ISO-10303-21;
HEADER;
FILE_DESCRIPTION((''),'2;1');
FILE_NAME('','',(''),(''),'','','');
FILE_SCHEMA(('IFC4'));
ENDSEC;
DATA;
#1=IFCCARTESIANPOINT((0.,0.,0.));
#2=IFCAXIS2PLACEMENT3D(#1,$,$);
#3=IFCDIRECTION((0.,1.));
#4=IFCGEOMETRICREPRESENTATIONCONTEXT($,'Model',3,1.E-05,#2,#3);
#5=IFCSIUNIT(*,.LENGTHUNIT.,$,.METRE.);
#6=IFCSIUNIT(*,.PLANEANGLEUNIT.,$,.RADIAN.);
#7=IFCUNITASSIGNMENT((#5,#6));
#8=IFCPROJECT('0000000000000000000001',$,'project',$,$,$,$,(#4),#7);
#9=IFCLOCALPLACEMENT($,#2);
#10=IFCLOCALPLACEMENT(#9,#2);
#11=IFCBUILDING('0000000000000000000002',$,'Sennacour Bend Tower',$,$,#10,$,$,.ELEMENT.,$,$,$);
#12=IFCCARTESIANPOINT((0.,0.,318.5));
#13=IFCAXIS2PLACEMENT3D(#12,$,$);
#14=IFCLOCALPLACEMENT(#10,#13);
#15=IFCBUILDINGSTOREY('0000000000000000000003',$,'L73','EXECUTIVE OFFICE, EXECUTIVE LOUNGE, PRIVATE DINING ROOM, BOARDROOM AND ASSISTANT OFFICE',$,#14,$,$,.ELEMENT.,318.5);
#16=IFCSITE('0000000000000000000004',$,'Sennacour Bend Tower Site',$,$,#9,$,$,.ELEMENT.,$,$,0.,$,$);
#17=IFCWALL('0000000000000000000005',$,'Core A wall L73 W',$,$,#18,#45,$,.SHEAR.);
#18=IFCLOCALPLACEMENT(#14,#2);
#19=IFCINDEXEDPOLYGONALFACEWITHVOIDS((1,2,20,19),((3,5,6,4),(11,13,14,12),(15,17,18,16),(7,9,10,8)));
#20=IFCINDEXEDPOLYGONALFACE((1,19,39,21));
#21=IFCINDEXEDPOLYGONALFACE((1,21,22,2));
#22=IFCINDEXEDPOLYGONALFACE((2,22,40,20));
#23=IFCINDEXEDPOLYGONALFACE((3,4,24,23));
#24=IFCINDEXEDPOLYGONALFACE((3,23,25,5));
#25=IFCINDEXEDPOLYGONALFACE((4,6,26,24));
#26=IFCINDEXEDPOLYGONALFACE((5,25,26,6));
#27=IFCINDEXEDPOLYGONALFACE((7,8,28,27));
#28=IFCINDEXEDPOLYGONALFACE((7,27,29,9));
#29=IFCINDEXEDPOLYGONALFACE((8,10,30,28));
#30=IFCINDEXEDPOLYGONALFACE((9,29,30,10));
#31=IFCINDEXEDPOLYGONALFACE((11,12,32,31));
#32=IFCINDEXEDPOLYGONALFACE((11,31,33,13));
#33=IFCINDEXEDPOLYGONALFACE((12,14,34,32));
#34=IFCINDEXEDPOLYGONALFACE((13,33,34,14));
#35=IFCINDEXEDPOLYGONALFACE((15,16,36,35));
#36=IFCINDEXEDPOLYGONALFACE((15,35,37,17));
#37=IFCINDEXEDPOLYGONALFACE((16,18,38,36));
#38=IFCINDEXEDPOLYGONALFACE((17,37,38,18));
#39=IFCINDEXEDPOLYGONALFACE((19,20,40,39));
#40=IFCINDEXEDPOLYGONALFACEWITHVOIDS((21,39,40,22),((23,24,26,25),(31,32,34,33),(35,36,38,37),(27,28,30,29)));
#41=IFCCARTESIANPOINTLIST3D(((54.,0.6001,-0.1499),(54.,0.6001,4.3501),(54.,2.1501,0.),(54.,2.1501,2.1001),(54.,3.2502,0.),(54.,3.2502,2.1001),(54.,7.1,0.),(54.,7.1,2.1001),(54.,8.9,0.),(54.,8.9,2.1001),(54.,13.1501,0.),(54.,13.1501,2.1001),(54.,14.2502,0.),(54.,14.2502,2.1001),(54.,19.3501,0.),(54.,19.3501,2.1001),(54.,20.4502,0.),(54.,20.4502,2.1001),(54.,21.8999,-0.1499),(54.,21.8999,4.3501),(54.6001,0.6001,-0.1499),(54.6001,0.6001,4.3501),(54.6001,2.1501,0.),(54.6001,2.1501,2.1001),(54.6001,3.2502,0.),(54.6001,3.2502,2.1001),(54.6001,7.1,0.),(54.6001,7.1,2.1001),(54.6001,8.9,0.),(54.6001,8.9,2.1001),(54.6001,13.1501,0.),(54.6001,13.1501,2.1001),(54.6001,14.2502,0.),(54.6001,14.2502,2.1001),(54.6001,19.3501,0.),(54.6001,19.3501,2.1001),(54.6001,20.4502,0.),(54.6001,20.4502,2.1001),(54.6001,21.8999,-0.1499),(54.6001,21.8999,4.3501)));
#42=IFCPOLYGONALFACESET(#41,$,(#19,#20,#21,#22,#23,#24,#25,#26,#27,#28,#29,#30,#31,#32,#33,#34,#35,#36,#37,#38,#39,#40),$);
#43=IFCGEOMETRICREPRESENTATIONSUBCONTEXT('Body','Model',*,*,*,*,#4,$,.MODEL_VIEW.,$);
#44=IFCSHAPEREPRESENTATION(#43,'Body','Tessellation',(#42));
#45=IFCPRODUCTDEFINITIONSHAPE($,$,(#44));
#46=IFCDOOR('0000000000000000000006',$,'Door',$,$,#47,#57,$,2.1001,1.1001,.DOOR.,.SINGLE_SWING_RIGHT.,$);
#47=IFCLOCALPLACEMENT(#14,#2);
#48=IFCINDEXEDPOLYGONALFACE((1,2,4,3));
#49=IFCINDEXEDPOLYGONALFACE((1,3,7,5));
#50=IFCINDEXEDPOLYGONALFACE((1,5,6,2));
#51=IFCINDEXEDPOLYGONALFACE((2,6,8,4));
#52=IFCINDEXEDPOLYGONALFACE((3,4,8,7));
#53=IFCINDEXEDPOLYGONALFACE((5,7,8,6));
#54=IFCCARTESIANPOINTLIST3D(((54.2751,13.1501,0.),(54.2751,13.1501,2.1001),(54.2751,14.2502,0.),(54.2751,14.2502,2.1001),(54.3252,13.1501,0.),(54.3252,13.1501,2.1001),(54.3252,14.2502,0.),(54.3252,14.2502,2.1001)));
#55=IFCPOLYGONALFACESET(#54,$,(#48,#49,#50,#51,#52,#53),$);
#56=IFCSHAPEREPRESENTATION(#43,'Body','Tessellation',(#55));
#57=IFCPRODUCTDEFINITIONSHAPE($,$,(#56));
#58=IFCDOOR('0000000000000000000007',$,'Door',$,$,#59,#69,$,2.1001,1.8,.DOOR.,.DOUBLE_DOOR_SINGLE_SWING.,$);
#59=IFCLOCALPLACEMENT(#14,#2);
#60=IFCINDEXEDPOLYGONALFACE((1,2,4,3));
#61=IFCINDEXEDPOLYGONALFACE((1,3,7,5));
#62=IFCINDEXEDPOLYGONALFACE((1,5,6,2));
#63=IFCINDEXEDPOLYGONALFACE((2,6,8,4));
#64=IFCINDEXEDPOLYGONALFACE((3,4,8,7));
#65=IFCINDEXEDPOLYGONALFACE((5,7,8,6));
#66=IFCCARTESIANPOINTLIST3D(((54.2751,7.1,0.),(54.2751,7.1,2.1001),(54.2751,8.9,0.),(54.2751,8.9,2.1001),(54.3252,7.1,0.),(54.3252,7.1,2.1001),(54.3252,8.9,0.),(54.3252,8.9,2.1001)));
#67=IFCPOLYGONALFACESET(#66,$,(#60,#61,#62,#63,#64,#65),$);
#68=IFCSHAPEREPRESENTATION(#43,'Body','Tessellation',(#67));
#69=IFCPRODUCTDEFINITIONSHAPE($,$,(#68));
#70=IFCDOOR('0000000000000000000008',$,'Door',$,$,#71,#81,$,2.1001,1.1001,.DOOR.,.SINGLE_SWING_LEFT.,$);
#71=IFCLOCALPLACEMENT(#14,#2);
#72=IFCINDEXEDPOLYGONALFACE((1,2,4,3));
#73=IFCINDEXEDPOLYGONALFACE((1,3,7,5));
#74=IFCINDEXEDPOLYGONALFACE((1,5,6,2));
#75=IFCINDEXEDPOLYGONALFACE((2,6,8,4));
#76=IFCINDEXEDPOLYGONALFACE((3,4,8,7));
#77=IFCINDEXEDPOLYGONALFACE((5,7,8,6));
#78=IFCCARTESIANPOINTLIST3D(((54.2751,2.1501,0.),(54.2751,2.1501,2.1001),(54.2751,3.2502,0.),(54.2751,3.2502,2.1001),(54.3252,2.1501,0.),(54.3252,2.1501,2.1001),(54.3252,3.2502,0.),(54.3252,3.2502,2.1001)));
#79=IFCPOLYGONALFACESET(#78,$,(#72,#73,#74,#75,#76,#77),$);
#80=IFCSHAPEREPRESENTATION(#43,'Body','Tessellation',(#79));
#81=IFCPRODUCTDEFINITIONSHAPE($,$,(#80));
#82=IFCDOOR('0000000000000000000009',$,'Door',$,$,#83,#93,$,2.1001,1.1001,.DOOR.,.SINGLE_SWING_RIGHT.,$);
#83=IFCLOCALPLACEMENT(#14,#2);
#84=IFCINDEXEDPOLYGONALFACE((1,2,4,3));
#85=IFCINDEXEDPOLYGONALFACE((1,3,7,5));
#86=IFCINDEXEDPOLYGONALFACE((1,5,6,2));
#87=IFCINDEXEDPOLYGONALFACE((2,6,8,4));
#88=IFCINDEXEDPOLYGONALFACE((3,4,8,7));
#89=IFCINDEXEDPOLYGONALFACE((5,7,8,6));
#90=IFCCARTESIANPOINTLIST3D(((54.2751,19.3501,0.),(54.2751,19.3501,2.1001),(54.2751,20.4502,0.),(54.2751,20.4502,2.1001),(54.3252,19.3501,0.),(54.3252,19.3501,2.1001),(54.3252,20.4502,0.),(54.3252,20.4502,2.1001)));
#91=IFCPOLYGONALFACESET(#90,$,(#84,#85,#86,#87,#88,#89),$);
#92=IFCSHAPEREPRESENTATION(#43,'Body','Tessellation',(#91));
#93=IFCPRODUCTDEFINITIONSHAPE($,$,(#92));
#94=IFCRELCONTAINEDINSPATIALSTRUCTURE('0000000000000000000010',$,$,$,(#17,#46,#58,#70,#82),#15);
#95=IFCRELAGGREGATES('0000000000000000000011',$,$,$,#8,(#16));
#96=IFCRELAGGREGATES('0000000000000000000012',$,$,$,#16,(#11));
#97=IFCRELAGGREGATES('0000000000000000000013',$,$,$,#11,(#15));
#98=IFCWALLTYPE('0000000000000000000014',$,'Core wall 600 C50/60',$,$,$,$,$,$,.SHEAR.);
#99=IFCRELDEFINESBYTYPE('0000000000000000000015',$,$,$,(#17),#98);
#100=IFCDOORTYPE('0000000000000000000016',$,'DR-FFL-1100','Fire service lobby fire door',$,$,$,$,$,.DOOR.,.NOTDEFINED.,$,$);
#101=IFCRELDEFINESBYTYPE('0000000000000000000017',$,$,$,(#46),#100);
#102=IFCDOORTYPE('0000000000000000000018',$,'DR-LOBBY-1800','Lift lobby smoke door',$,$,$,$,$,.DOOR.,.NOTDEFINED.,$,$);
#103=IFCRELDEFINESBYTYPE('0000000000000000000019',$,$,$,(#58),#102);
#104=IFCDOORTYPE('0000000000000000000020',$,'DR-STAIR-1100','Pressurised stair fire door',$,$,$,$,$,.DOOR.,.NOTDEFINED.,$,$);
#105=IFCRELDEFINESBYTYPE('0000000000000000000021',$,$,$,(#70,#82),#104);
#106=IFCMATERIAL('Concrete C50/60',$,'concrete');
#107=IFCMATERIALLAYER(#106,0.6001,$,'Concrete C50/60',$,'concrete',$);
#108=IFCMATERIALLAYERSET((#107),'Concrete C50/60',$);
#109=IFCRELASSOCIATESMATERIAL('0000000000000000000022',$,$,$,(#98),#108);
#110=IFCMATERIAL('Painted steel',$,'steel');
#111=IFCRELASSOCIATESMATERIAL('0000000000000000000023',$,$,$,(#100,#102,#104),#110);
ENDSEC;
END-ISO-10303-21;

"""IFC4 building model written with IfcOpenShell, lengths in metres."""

from ifc_helpers import new_model, si_unit, direction, frame, frame_2d, origin, place, context, subcontext, project, spatial, rectangle, extrude, material, layer, layer_set, type_object, element, fill, save


model = new_model("IFC4")

# Units and contexts
model_context = context("Model", 3, precision=1e-05, world=origin(), true_north=direction((0.0, 1.0)))
body_context = subcontext(model_context, "Body", "Model", "MODEL_VIEW")
ifc_project = project(units=[si_unit("LENGTHUNIT", "METRE"), si_unit("PLANEANGLEUNIT", "RADIAN")], contexts=[model_context])

# Site, building, storey
site_placement = place(None, origin())
site = spatial("IfcSite", under=ifc_project, at=site_placement, Name="Sennacour Bend Tower Site", CompositionType="ELEMENT", RefElevation=0.0)
building_placement = place(site_placement, origin())
building = spatial("IfcBuilding", under=site, at=building_placement, Name="Sennacour Bend Tower", CompositionType="ELEMENT")
storey_placement = place(building_placement, frame((0.0, 0.0, 318.5)))
storey = spatial("IfcBuildingStorey", under=building, at=storey_placement, Name="L73", Description="EXECUTIVE OFFICE, EXECUTIVE LOUNGE, PRIVATE DINING ROOM, BOARDROOM AND ASSISTANT OFFICE", CompositionType="ELEMENT", Elevation=318.5)

# Wall, openings, doors
ifc_material_1 = material(Name="Concrete C50/60", Category="concrete")
ifc_layer_1 = layer(ifc_material_1, 0.6001, Name="Concrete C50/60", Category="concrete")
ifc_layer_set_1 = layer_set([ifc_layer_1], Name="Concrete C50/60")
wall_type_1 = type_object("IfcWallType", Name="Core wall 600 C50/60", PredefinedType="SHEAR", material=ifc_layer_set_1)
wall_1_placement = place(storey_placement, frame((54.3, 0.6001, -0.1499), z_axis=(0.0, 0.0, 1.0), x_axis=(0.0, 1.0, 0.0)))
wall_1 = element("IfcWall", 1, at=wall_1_placement, inside=storey, type_object=wall_type_1, Name="Core A wall L73 W", PredefinedType="SHEAR", context=body_context, shape_type="SweptSolid", body=[
    extrude(rectangle(XDim=21.2998, YDim=0.6001, at=frame_2d((10.6499, 0.0))), origin(), (0.0, 0.0, 1.0), 4.5),
])
opening_1_placement = place(wall_1_placement, frame((6.5, 0.0, 0.1499)))
opening_1 = element("IfcOpeningElement", 2, at=opening_1_placement, cuts=wall_1, PredefinedType="OPENING", context=body_context, shape_type="SweptSolid", body=[
    extrude(rectangle(XDim=1.8, YDim=2.1001, at=frame_2d((0.8999, 1.05))), frame((0.0, 0.3101, 0.0), z_axis=(0.0, -1.0, 0.0), x_axis=(1.0, 0.0, 0.0)), (0.0, 0.0, 1.0), 0.6201),
])
opening_2_placement = place(wall_1_placement, frame((12.55, 0.0, 0.1499)))
opening_2 = element("IfcOpeningElement", 3, at=opening_2_placement, cuts=wall_1, PredefinedType="OPENING", context=body_context, shape_type="SweptSolid", body=[
    extrude(rectangle(XDim=1.1001, YDim=2.1001, at=frame_2d((0.55, 1.05))), frame((0.0, 0.3101, 0.0), z_axis=(0.0, -1.0, 0.0), x_axis=(1.0, 0.0, 0.0)), (0.0, 0.0, 1.0), 0.6201),
])
opening_3_placement = place(wall_1_placement, frame((1.55, 0.0, 0.1499)))
opening_3 = element("IfcOpeningElement", 4, at=opening_3_placement, cuts=wall_1, PredefinedType="OPENING", context=body_context, shape_type="SweptSolid", body=[
    extrude(rectangle(XDim=1.1001, YDim=2.1001, at=frame_2d((0.55, 1.05))), frame((0.0, 0.3101, 0.0), z_axis=(0.0, -1.0, 0.0), x_axis=(1.0, 0.0, 0.0)), (0.0, 0.0, 1.0), 0.6201),
])
opening_4_placement = place(wall_1_placement, frame((18.75, 0.0, 0.1499)))
opening_4 = element("IfcOpeningElement", 5, at=opening_4_placement, cuts=wall_1, PredefinedType="OPENING", context=body_context, shape_type="SweptSolid", body=[
    extrude(rectangle(XDim=1.1001, YDim=2.1001, at=frame_2d((0.55, 1.05))), frame((0.0, 0.3101, 0.0), z_axis=(0.0, -1.0, 0.0), x_axis=(1.0, 0.0, 0.0)), (0.0, 0.0, 1.0), 0.6201),
])
ifc_material_2 = material(Name="Painted steel", Category="steel")
door_type_1 = type_object("IfcDoorType", Name="DR-FFL-1100", Description="Fire service lobby fire door", OperationType="NOTDEFINED", PredefinedType="DOOR", material=ifc_material_2)
door_1_placement = place(opening_2_placement, origin())
door_1 = element("IfcDoor", 6, at=door_1_placement, inside=storey, type_object=door_type_1, Name="Door", OperationType="SINGLE_SWING_RIGHT", OverallHeight=2.1001, OverallWidth=1.1001, PredefinedType="DOOR", context=body_context, shape_type="SweptSolid", body=[
    extrude(rectangle(XDim=1.1001, YDim=2.1001, at=frame_2d((0.55, 1.05))), frame((0.0, 0.0249, 0.0), z_axis=(0.0, -1.0, 0.0), x_axis=(1.0, 0.0, 0.0)), (0.0, 0.0, 1.0), 0.05),
])
fill(opening_2, door_1)
door_type_2 = type_object("IfcDoorType", Name="DR-LOBBY-1800", Description="Lift lobby smoke door", OperationType="NOTDEFINED", PredefinedType="DOOR", material=ifc_material_2)
door_2_placement = place(opening_1_placement, origin())
door_2 = element("IfcDoor", 7, at=door_2_placement, inside=storey, type_object=door_type_2, Name="Door", OperationType="DOUBLE_DOOR_SINGLE_SWING", OverallHeight=2.1001, OverallWidth=1.8, PredefinedType="DOOR", context=body_context, shape_type="SweptSolid", body=[
    extrude(rectangle(XDim=1.8, YDim=2.1001, at=frame_2d((0.8999, 1.05))), frame((0.0, 0.0249, 0.0), z_axis=(0.0, -1.0, 0.0), x_axis=(1.0, 0.0, 0.0)), (0.0, 0.0, 1.0), 0.05),
])
fill(opening_1, door_2)
door_type_3 = type_object("IfcDoorType", Name="DR-STAIR-1100", Description="Pressurised stair fire door", OperationType="NOTDEFINED", PredefinedType="DOOR", material=ifc_material_2)
door_3_placement = place(opening_3_placement, origin())
door_3 = element("IfcDoor", 8, at=door_3_placement, inside=storey, type_object=door_type_3, Name="Door", OperationType="SINGLE_SWING_LEFT", OverallHeight=2.1001, OverallWidth=1.1001, PredefinedType="DOOR", context=body_context, shape_type="SweptSolid", body=[
    extrude(rectangle(XDim=1.1001, YDim=2.1001, at=frame_2d((0.55, 1.05))), frame((0.0, 0.0249, 0.0), z_axis=(0.0, -1.0, 0.0), x_axis=(1.0, 0.0, 0.0)), (0.0, 0.0, 1.0), 0.05),
])
fill(opening_3, door_3)
door_4_placement = place(opening_4_placement, origin())
door_4 = element("IfcDoor", 9, at=door_4_placement, inside=storey, type_object=door_type_3, Name="Door", OperationType="SINGLE_SWING_RIGHT", OverallHeight=2.1001, OverallWidth=1.1001, PredefinedType="DOOR", context=body_context, shape_type="SweptSolid", body=[
    extrude(rectangle(XDim=1.1001, YDim=2.1001, at=frame_2d((0.55, 1.05))), frame((0.0, 0.0249, 0.0), z_axis=(0.0, -1.0, 0.0), x_axis=(1.0, 0.0, 0.0)), (0.0, 0.0, 1.0), 0.05),
])
fill(opening_4, door_4)

save(model, "model.ifc")
